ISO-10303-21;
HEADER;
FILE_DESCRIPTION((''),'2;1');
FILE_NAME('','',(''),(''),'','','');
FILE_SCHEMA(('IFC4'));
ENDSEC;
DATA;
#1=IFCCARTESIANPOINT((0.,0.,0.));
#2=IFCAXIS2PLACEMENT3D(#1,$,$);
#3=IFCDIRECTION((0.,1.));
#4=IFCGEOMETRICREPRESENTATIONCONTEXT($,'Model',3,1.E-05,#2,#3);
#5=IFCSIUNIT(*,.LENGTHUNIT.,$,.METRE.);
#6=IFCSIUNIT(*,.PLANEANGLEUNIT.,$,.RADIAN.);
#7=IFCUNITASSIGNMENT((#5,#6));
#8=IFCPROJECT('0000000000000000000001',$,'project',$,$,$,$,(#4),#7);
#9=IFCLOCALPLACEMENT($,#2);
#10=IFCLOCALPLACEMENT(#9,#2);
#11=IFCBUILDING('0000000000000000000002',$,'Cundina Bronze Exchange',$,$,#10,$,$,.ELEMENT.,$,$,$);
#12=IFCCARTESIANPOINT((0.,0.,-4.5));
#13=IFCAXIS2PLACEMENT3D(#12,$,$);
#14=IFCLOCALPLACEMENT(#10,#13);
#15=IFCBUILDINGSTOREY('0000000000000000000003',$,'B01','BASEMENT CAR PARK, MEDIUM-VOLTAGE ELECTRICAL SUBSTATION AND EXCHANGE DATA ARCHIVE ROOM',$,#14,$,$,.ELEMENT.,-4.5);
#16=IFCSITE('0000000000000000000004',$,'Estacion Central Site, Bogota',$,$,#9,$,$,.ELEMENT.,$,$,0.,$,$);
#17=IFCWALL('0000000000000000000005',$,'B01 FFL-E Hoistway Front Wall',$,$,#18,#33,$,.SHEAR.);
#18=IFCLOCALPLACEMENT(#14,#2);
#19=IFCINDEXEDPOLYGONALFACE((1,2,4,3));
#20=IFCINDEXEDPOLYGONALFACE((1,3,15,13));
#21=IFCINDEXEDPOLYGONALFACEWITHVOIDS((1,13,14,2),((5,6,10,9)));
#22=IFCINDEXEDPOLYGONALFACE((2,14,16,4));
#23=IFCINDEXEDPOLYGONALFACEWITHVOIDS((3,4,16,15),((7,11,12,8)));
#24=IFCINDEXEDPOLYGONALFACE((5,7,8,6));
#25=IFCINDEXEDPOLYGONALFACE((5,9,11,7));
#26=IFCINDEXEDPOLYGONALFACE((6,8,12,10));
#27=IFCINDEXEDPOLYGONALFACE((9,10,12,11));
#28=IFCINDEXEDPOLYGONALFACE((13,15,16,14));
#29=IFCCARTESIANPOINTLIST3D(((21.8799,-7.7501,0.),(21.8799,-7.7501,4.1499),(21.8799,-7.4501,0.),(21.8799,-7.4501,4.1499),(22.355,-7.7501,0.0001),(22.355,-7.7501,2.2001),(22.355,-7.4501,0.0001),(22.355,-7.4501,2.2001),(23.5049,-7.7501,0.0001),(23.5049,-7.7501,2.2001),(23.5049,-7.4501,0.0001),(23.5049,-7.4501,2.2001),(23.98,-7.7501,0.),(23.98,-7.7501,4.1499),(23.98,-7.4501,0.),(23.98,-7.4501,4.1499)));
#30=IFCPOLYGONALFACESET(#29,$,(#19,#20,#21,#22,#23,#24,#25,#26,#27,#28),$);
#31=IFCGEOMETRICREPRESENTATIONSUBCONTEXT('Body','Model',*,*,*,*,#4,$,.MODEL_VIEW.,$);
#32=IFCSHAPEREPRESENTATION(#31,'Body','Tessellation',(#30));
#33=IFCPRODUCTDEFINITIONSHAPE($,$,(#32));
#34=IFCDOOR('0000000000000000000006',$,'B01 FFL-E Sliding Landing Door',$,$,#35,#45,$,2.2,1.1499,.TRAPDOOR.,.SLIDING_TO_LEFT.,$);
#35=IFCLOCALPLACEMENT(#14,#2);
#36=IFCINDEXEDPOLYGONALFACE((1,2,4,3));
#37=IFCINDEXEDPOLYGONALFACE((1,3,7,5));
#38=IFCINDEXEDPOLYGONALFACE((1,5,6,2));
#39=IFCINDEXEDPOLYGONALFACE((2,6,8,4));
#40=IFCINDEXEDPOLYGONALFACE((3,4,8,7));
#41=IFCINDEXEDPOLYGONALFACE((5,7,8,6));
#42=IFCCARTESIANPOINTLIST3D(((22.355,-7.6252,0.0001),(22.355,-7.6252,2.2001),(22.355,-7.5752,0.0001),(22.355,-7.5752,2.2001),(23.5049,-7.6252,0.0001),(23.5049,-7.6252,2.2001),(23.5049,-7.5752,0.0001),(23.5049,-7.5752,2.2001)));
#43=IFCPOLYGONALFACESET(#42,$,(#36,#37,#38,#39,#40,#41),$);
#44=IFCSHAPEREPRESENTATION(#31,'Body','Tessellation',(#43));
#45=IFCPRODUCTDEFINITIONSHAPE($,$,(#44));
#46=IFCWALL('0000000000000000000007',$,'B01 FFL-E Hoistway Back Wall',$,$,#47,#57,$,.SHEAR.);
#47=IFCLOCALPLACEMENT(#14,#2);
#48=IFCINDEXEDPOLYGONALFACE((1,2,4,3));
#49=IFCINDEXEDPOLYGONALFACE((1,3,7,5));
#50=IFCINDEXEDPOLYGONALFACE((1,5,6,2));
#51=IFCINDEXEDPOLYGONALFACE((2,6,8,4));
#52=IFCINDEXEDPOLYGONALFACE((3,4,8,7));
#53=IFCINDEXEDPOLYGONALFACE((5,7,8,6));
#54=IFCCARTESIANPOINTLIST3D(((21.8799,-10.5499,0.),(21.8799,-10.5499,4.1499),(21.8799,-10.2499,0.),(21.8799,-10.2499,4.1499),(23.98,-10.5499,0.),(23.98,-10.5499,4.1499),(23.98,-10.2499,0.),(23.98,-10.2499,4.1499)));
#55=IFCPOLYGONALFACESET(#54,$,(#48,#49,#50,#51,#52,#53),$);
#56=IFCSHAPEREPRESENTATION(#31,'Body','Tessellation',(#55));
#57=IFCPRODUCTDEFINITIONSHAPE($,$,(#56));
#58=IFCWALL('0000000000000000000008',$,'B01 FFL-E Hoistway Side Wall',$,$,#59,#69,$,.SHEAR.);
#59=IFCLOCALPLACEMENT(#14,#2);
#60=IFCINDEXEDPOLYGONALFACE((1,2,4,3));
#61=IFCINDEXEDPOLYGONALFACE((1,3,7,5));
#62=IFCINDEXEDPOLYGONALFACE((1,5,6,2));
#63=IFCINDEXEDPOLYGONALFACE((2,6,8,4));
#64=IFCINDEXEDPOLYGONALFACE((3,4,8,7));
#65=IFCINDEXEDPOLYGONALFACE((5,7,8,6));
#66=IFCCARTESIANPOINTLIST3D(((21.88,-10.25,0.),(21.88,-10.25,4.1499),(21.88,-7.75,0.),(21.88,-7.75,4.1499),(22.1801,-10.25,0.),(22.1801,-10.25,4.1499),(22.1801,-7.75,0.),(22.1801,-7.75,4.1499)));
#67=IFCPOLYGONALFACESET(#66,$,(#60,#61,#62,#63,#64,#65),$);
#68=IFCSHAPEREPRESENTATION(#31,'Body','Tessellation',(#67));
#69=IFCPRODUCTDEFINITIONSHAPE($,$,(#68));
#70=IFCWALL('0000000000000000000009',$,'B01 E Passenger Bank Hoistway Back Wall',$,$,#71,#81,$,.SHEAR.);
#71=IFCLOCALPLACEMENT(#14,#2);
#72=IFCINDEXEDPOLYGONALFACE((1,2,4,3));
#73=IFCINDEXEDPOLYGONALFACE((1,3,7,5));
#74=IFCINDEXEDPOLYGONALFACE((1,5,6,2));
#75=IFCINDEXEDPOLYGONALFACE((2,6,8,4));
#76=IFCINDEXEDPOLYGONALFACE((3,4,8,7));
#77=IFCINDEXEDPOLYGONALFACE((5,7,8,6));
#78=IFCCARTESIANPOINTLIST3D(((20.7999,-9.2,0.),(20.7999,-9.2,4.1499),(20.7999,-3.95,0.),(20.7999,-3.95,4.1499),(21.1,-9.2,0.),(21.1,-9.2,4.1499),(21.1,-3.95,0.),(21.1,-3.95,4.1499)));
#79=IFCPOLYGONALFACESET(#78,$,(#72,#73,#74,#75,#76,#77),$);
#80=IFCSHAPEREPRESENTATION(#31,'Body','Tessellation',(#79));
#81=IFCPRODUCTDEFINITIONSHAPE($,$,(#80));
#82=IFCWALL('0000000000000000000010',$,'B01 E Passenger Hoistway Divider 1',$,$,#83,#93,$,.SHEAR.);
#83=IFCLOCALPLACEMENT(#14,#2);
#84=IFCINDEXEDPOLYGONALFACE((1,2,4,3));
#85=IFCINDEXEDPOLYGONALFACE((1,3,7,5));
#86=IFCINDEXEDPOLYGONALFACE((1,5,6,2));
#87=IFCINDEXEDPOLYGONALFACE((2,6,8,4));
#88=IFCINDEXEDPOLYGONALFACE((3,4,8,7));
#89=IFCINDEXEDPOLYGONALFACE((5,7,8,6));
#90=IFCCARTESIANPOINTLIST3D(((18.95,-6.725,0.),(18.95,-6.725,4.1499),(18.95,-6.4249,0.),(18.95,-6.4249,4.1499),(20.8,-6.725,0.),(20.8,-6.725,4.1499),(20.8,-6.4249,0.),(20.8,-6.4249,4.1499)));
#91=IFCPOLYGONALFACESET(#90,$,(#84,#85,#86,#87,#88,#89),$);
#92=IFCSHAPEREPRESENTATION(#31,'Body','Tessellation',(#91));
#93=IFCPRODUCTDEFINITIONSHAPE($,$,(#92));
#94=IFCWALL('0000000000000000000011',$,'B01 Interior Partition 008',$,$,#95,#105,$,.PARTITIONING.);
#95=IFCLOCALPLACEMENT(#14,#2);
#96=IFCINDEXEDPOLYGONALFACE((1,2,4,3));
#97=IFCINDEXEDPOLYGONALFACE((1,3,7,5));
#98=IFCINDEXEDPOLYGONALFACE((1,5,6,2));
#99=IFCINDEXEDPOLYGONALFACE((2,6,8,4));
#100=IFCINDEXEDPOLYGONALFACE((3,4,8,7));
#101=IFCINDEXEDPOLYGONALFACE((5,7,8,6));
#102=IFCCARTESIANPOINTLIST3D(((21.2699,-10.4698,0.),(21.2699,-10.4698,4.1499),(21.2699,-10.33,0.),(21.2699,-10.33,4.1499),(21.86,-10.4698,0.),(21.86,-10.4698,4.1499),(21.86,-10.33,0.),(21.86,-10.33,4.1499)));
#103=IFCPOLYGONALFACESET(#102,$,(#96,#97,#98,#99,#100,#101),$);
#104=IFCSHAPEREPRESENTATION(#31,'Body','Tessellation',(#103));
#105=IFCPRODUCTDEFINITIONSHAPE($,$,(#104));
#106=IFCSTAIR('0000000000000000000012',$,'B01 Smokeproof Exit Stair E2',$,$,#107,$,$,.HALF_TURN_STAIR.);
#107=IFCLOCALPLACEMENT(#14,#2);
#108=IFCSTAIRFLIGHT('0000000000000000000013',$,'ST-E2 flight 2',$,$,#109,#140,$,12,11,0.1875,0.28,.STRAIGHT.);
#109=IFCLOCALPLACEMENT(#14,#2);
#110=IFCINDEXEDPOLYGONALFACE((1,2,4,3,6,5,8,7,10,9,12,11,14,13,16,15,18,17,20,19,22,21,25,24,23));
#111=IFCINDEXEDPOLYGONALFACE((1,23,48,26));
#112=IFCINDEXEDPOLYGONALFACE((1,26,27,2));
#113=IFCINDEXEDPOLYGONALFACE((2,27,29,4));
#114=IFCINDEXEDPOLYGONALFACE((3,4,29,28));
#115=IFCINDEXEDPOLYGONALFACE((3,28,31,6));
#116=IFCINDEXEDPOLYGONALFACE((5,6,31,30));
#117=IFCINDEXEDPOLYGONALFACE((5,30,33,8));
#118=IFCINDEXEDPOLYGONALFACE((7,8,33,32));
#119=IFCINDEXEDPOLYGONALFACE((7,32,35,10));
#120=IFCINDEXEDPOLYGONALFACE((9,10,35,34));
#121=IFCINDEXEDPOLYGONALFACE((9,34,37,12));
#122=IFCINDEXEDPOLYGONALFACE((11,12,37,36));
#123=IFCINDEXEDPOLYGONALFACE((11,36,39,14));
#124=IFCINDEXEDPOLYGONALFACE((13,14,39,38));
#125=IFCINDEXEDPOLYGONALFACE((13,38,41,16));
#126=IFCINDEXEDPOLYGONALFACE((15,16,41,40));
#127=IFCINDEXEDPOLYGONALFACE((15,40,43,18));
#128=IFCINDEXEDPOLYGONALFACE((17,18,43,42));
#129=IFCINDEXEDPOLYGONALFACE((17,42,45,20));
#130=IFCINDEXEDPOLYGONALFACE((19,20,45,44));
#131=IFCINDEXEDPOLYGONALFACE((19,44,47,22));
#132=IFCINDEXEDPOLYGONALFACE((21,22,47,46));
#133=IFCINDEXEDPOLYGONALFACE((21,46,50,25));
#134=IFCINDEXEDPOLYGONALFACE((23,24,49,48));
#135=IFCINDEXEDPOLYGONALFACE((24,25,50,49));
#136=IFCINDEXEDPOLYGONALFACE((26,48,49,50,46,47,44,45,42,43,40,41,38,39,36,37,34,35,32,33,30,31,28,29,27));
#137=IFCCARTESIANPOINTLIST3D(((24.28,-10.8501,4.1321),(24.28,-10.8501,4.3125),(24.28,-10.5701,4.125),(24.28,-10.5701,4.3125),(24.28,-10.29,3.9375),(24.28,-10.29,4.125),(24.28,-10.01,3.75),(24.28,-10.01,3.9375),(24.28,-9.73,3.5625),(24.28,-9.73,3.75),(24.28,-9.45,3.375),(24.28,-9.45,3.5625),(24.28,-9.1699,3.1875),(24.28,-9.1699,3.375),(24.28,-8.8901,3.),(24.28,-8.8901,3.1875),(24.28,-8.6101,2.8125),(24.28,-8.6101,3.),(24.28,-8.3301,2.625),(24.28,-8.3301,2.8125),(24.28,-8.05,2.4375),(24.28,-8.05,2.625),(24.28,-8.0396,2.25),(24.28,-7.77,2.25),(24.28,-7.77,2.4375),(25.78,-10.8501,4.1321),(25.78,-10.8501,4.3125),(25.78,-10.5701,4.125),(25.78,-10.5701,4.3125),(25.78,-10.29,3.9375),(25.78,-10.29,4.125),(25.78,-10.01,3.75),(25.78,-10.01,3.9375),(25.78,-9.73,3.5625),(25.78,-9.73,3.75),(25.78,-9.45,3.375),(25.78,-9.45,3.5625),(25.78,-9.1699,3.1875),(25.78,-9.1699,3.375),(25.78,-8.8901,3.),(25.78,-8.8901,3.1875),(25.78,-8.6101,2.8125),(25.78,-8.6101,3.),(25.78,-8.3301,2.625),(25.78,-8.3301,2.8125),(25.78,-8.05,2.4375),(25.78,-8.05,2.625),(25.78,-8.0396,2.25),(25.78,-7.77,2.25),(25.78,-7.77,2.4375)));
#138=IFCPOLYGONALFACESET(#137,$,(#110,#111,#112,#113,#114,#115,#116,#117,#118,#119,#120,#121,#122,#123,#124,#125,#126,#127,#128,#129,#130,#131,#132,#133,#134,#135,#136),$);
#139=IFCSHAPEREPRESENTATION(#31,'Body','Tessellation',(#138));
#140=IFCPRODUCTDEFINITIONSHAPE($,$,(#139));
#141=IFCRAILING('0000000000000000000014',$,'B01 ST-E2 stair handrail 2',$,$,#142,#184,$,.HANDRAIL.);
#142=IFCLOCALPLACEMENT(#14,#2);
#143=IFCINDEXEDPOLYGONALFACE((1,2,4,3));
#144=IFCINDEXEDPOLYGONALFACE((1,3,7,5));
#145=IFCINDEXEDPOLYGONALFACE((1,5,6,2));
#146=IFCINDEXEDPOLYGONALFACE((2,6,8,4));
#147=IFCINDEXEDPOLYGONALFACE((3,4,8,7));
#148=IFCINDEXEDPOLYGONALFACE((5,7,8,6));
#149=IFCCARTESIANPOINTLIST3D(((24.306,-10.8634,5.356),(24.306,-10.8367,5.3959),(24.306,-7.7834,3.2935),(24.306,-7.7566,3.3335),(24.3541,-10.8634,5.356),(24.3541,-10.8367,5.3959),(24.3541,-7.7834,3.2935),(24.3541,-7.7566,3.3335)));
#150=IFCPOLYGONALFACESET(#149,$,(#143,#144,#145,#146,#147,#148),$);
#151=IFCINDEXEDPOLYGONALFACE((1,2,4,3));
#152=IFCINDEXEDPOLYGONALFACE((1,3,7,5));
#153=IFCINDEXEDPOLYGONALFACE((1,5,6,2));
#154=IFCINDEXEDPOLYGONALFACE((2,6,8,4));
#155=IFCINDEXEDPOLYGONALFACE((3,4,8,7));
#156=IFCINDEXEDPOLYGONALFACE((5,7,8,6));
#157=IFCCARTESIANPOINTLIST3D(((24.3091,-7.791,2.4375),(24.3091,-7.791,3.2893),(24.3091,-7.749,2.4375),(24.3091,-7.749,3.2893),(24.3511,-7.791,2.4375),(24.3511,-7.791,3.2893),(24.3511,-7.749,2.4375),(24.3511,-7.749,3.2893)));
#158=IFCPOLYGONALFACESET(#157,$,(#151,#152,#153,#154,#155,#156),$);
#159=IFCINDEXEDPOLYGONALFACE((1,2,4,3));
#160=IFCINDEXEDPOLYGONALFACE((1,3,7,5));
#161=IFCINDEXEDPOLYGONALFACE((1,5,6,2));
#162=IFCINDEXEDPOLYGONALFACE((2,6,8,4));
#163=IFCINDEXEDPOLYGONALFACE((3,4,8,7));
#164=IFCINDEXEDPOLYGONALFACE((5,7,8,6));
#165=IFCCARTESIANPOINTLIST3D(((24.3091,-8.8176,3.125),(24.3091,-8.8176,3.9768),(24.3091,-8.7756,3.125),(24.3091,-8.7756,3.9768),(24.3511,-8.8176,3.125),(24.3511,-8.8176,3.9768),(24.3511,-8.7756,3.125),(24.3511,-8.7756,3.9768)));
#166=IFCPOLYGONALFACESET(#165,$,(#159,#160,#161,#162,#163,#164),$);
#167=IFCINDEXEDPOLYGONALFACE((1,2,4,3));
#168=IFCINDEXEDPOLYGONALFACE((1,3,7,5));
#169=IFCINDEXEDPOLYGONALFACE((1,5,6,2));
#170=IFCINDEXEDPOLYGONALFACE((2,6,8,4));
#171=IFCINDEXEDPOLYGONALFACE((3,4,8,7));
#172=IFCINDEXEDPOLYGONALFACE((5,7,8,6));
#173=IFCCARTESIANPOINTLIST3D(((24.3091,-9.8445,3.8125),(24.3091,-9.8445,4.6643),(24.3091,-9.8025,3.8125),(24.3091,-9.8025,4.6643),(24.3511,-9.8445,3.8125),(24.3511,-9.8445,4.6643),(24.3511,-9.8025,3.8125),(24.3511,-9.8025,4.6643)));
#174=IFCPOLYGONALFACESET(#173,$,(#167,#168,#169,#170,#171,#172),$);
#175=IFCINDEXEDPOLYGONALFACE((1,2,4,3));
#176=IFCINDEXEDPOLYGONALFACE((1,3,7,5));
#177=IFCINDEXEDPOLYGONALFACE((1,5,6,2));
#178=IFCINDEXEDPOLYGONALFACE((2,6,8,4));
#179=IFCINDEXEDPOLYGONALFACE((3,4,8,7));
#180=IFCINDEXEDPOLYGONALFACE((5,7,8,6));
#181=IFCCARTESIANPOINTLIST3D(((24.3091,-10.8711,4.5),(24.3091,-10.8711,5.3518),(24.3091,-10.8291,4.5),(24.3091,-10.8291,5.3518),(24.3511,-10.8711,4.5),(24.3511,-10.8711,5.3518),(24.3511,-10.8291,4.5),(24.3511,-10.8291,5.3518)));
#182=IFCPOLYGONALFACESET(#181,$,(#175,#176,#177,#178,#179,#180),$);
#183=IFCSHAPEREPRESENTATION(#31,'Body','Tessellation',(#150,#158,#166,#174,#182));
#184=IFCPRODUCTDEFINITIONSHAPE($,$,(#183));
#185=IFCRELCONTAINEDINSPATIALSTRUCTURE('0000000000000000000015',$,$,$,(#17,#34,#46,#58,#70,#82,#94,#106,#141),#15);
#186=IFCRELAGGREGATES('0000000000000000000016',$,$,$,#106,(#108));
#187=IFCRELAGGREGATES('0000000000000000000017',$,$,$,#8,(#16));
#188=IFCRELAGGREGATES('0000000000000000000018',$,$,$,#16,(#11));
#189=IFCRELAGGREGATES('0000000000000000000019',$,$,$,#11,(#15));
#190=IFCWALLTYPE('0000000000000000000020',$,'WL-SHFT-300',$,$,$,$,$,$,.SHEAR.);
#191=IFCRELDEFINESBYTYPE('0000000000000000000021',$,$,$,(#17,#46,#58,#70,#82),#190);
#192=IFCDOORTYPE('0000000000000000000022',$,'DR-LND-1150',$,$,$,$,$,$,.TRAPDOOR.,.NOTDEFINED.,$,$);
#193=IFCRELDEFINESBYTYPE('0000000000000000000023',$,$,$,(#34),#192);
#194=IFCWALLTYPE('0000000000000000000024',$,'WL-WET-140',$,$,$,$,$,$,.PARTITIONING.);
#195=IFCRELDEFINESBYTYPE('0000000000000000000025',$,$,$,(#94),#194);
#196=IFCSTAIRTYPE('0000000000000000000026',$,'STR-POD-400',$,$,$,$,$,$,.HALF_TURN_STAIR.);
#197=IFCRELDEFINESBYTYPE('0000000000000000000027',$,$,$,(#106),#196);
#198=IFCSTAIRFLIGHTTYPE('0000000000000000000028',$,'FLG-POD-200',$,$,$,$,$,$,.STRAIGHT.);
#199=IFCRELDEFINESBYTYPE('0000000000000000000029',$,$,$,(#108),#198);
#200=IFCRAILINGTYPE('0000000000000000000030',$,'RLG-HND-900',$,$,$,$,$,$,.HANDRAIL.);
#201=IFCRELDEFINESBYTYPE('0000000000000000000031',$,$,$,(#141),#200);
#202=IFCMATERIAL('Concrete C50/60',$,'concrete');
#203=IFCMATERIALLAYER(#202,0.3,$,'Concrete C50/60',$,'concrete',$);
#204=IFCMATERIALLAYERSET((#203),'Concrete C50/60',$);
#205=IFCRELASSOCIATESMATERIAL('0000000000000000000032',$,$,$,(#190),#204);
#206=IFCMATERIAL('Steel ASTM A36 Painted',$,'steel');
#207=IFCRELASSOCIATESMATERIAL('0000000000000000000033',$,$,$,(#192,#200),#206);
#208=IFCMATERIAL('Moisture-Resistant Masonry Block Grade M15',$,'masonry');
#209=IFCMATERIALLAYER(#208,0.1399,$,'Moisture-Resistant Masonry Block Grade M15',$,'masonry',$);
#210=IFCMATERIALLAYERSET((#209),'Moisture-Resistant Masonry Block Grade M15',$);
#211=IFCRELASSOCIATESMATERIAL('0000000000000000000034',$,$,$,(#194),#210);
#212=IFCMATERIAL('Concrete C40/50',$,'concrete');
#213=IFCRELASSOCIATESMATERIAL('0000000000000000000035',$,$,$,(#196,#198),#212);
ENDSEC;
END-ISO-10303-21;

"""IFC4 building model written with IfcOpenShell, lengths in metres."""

from ifc_helpers import new_model, si_unit, direction, frame, frame_2d, origin, origin_2d, place, context, subcontext, project, spatial, polyline, rectangle, outline, extrude, material, layer, layer_set, type_object, element, fill, aggregate, save


model = new_model("IFC4")

# Units and contexts
model_context = context("Model", 3, precision=1e-05, world=origin(), true_north=direction((0.0, 1.0)))
body_context = subcontext(model_context, "Body", "Model", "MODEL_VIEW")
ifc_project = project(units=[si_unit("LENGTHUNIT", "METRE"), si_unit("PLANEANGLEUNIT", "RADIAN")], contexts=[model_context])

# Site, building, storey
site_placement = place(None, origin())
site = spatial("IfcSite", under=ifc_project, at=site_placement, Name="Estacion Central Site, Bogota", CompositionType="ELEMENT", RefElevation=0.0)
building_placement = place(site_placement, origin())
building = spatial("IfcBuilding", under=site, at=building_placement, Name="Cundina Bronze Exchange", CompositionType="ELEMENT")
storey_placement = place(building_placement, frame((0.0, 0.0, -4.5)))
storey = spatial("IfcBuildingStorey", under=building, at=storey_placement, Name="B01", Description="BASEMENT CAR PARK, MEDIUM-VOLTAGE ELECTRICAL SUBSTATION AND EXCHANGE DATA ARCHIVE ROOM", CompositionType="ELEMENT", Elevation=-4.5)

# Shared definitions
ifc_material_1 = material(Name="Concrete C40/50", Category="concrete")
ifc_material_2 = material(Name="Concrete C50/60", Category="concrete")
ifc_layer_1 = layer(ifc_material_2, 0.3, Name="Concrete C50/60", Category="concrete")
ifc_layer_set_1 = layer_set([ifc_layer_1], Name="Concrete C50/60")
wall_type_1 = type_object("IfcWallType", Name="WL-SHFT-300", PredefinedType="SHEAR", material=ifc_layer_set_1)

# Wall, opening, door
ifc_material_3 = material(Name="Steel ASTM A36 Painted", Category="steel")
wall_1_placement = place(storey_placement, frame((21.8799, -7.6001, 0.0), z_axis=(0.0, 0.0, 1.0), x_axis=(1.0, 0.0, 0.0)))
wall_1 = element("IfcWall", 1, at=wall_1_placement, inside=storey, type_object=wall_type_1, Name="B01 FFL-E Hoistway Front Wall", PredefinedType="SHEAR", context=body_context, shape_type="SweptSolid", body=[
    extrude(rectangle(XDim=2.1001, YDim=0.3, at=frame_2d((1.05, 0.0))), origin(), (0.0, 0.0, 1.0), 4.1499),
])
opening_1_placement = place(wall_1_placement, frame((0.4751, 0.0, 0.0)))
opening_1 = element("IfcOpeningElement", 2, at=opening_1_placement, cuts=wall_1, PredefinedType="OPENING", context=body_context, shape_type="SweptSolid", body=[
    extrude(rectangle(XDim=1.1499, YDim=2.2, at=frame_2d((0.575, 1.1001))), frame((0.0, 0.1599, 0.0), z_axis=(0.0, -1.0, 0.0), x_axis=(1.0, 0.0, 0.0)), (0.0, 0.0, 1.0), 0.3201),
])
door_type_1 = type_object("IfcDoorType", Name="DR-LND-1150", OperationType="NOTDEFINED", PredefinedType="TRAPDOOR", material=ifc_material_3)
door_1_placement = place(opening_1_placement, origin())
door_1 = element("IfcDoor", 3, at=door_1_placement, inside=storey, type_object=door_type_1, Name="B01 FFL-E Sliding Landing Door", OperationType="SLIDING_TO_LEFT", OverallHeight=2.2, OverallWidth=1.1499, PredefinedType="TRAPDOOR", context=body_context, shape_type="SweptSolid", body=[
    extrude(rectangle(XDim=1.1499, YDim=2.2, at=frame_2d((0.575, 1.1001))), frame((0.0, 0.0249, 0.0), z_axis=(0.0, -1.0, 0.0), x_axis=(1.0, 0.0, 0.0)), (0.0, 0.0, 1.0), 0.05),
])
fill(opening_1, door_1)

# Walls
wall_2_placement = place(storey_placement, frame((21.8799, -10.3999, 0.0), z_axis=(0.0, 0.0, 1.0), x_axis=(1.0, 0.0, 0.0)))
element("IfcWall", 4, at=wall_2_placement, inside=storey, type_object=wall_type_1, Name="B01 FFL-E Hoistway Back Wall", PredefinedType="SHEAR", context=body_context, shape_type="SweptSolid", body=[
    extrude(rectangle(XDim=2.1001, YDim=0.3, at=frame_2d((1.05, 0.0))), origin(), (0.0, 0.0, 1.0), 4.1499),
])
wall_3_placement = place(storey_placement, frame((22.03, -10.25, 0.0), z_axis=(0.0, 0.0, 1.0), x_axis=(0.0, 1.0, 0.0)))
element("IfcWall", 5, at=wall_3_placement, inside=storey, type_object=wall_type_1, Name="B01 FFL-E Hoistway Side Wall", PredefinedType="SHEAR", context=body_context, shape_type="SweptSolid", body=[
    extrude(rectangle(XDim=2.5, YDim=0.3, at=frame_2d((1.25, 0.0))), origin(), (0.0, 0.0, 1.0), 4.1499),
])
wall_4_placement = place(storey_placement, frame((20.95, -9.2, 0.0), z_axis=(0.0, 0.0, 1.0), x_axis=(0.0, 1.0, 0.0)))
element("IfcWall", 6, at=wall_4_placement, inside=storey, type_object=wall_type_1, Name="B01 E Passenger Bank Hoistway Back Wall", PredefinedType="SHEAR", context=body_context, shape_type="SweptSolid", body=[
    extrude(rectangle(XDim=5.25, YDim=0.3, at=frame_2d((2.625, 0.0))), origin(), (0.0, 0.0, 1.0), 4.1499),
])
wall_5_placement = place(storey_placement, frame((18.95, -6.575, 0.0), z_axis=(0.0, 0.0, 1.0), x_axis=(1.0, 0.0, 0.0)))
element("IfcWall", 7, at=wall_5_placement, inside=storey, type_object=wall_type_1, Name="B01 E Passenger Hoistway Divider 1", PredefinedType="SHEAR", context=body_context, shape_type="SweptSolid", body=[
    extrude(rectangle(XDim=1.8501, YDim=0.3, at=frame_2d((0.925, 0.0))), origin(), (0.0, 0.0, 1.0), 4.1499),
])
ifc_material_4 = material(Name="Moisture-Resistant Masonry Block Grade M15", Category="masonry")
ifc_layer_2 = layer(ifc_material_4, 0.1399, Name="Moisture-Resistant Masonry Block Grade M15", Category="masonry")
ifc_layer_set_2 = layer_set([ifc_layer_2], Name="Moisture-Resistant Masonry Block Grade M15")
wall_type_2 = type_object("IfcWallType", Name="WL-WET-140", PredefinedType="PARTITIONING", material=ifc_layer_set_2)
wall_6_placement = place(storey_placement, frame((21.27, -10.3999, 0.0), z_axis=(0.0, 0.0, 1.0), x_axis=(1.0, 0.0, 0.0)))
element("IfcWall", 8, at=wall_6_placement, inside=storey, type_object=wall_type_2, Name="B01 Interior Partition 008", PredefinedType="PARTITIONING", context=body_context, shape_type="SweptSolid", body=[
    extrude(rectangle(XDim=0.5901, YDim=0.1399, at=frame_2d((0.2949, 0.0))), origin(), (0.0, 0.0, 1.0), 4.1499),
])

# Stair, stair flight
stair_type = type_object("IfcStairType", Name="STR-POD-400", PredefinedType="HALF_TURN_STAIR", material=ifc_material_1)
stair_placement = place(storey_placement, origin())
stair = element("IfcStair", 9, at=stair_placement, inside=storey, type_object=stair_type, Name="B01 Smokeproof Exit Stair E2", PredefinedType="HALF_TURN_STAIR")
stair_flight_type = type_object("IfcStairFlightType", Name="FLG-POD-200", PredefinedType="STRAIGHT", material=ifc_material_1)
stair_flight_placement = place(storey_placement, frame((25.03, -7.77, 2.25), z_axis=(0.0, 0.0, 1.0), x_axis=(0.0, -1.0, 0.0)))
stair_flight = element("IfcStairFlight", 10, at=stair_flight_placement, type_object=stair_flight_type, Name="ST-E2 flight 2", NumberOfRisers=12, NumberOfTreads=11, PredefinedType="STRAIGHT", RiserHeight=0.1875, TreadLength=0.28, context=body_context, shape_type="SweptSolid", body=[
    extrude(outline(polyline([(0.0, 0.0), (0.0, 0.1875), (0.28, 0.1875), (0.28, 0.375), (0.5601, 0.375), (0.5601, 0.5625), (0.8401, 0.5625), (0.8401, 0.75), (1.1201, 0.75), (1.1201, 0.9375), (1.3999, 0.9375), (1.3999, 1.125), (1.6799, 1.125), (1.6799, 1.3125), (1.96, 1.3125), (1.96, 1.5), (2.24, 1.5), (2.24, 1.6875), (2.52, 1.6875), (2.52, 1.875), (2.8, 1.875), (2.8, 2.0625), (3.0801, 2.0625), (3.0801, 2.25), (3.0801, 1.8821), (0.2695, 0.0), (0.0, 0.0)])), frame((0.0, 0.75, 0.0), z_axis=(0.0, -1.0, 0.0), x_axis=(1.0, 0.0, 0.0)), (0.0, 0.0, 1.0), 1.5),
])
aggregate(stair, [stair_flight])

# Railing
railing_type_1 = type_object("IfcRailingType", Name="RLG-HND-900", PredefinedType="HANDRAIL", material=ifc_material_3)
railing_1_placement = place(storey_placement, frame((24.3301, -7.77, 2.4375)))
element("IfcRailing", 11, at=railing_1_placement, inside=storey, type_object=railing_type_1, Name="B01 ST-E2 stair handrail 2", PredefinedType="HANDRAIL", context=body_context, shape_type="SweptSolid", body=[
    extrude(rectangle(XDim=0.0481, YDim=0.0481, at=origin_2d()), frame((0.0, 0.0, 0.876), z_axis=(0.0, -0.830914, 0.556401), x_axis=(1.0, 0.0, 0.0)), (0.0, 0.0, 1.0), 3.7068),
    extrude(rectangle(XDim=0.042, YDim=0.042, at=origin_2d()), origin(), (0.0, 0.0, 1.0), 0.8518),
    extrude(rectangle(XDim=0.042, YDim=0.042, at=origin_2d()), frame((0.0, -1.0266, 0.6875)), (0.0, 0.0, 1.0), 0.8518),
    extrude(rectangle(XDim=0.042, YDim=0.042, at=origin_2d()), frame((0.0, -2.0535, 1.375)), (0.0, 0.0, 1.0), 0.8518),
    extrude(rectangle(XDim=0.042, YDim=0.042, at=origin_2d()), frame((0.0, -3.0801, 2.0625)), (0.0, 0.0, 1.0), 0.8518),
])

save(model, "model.ifc")
